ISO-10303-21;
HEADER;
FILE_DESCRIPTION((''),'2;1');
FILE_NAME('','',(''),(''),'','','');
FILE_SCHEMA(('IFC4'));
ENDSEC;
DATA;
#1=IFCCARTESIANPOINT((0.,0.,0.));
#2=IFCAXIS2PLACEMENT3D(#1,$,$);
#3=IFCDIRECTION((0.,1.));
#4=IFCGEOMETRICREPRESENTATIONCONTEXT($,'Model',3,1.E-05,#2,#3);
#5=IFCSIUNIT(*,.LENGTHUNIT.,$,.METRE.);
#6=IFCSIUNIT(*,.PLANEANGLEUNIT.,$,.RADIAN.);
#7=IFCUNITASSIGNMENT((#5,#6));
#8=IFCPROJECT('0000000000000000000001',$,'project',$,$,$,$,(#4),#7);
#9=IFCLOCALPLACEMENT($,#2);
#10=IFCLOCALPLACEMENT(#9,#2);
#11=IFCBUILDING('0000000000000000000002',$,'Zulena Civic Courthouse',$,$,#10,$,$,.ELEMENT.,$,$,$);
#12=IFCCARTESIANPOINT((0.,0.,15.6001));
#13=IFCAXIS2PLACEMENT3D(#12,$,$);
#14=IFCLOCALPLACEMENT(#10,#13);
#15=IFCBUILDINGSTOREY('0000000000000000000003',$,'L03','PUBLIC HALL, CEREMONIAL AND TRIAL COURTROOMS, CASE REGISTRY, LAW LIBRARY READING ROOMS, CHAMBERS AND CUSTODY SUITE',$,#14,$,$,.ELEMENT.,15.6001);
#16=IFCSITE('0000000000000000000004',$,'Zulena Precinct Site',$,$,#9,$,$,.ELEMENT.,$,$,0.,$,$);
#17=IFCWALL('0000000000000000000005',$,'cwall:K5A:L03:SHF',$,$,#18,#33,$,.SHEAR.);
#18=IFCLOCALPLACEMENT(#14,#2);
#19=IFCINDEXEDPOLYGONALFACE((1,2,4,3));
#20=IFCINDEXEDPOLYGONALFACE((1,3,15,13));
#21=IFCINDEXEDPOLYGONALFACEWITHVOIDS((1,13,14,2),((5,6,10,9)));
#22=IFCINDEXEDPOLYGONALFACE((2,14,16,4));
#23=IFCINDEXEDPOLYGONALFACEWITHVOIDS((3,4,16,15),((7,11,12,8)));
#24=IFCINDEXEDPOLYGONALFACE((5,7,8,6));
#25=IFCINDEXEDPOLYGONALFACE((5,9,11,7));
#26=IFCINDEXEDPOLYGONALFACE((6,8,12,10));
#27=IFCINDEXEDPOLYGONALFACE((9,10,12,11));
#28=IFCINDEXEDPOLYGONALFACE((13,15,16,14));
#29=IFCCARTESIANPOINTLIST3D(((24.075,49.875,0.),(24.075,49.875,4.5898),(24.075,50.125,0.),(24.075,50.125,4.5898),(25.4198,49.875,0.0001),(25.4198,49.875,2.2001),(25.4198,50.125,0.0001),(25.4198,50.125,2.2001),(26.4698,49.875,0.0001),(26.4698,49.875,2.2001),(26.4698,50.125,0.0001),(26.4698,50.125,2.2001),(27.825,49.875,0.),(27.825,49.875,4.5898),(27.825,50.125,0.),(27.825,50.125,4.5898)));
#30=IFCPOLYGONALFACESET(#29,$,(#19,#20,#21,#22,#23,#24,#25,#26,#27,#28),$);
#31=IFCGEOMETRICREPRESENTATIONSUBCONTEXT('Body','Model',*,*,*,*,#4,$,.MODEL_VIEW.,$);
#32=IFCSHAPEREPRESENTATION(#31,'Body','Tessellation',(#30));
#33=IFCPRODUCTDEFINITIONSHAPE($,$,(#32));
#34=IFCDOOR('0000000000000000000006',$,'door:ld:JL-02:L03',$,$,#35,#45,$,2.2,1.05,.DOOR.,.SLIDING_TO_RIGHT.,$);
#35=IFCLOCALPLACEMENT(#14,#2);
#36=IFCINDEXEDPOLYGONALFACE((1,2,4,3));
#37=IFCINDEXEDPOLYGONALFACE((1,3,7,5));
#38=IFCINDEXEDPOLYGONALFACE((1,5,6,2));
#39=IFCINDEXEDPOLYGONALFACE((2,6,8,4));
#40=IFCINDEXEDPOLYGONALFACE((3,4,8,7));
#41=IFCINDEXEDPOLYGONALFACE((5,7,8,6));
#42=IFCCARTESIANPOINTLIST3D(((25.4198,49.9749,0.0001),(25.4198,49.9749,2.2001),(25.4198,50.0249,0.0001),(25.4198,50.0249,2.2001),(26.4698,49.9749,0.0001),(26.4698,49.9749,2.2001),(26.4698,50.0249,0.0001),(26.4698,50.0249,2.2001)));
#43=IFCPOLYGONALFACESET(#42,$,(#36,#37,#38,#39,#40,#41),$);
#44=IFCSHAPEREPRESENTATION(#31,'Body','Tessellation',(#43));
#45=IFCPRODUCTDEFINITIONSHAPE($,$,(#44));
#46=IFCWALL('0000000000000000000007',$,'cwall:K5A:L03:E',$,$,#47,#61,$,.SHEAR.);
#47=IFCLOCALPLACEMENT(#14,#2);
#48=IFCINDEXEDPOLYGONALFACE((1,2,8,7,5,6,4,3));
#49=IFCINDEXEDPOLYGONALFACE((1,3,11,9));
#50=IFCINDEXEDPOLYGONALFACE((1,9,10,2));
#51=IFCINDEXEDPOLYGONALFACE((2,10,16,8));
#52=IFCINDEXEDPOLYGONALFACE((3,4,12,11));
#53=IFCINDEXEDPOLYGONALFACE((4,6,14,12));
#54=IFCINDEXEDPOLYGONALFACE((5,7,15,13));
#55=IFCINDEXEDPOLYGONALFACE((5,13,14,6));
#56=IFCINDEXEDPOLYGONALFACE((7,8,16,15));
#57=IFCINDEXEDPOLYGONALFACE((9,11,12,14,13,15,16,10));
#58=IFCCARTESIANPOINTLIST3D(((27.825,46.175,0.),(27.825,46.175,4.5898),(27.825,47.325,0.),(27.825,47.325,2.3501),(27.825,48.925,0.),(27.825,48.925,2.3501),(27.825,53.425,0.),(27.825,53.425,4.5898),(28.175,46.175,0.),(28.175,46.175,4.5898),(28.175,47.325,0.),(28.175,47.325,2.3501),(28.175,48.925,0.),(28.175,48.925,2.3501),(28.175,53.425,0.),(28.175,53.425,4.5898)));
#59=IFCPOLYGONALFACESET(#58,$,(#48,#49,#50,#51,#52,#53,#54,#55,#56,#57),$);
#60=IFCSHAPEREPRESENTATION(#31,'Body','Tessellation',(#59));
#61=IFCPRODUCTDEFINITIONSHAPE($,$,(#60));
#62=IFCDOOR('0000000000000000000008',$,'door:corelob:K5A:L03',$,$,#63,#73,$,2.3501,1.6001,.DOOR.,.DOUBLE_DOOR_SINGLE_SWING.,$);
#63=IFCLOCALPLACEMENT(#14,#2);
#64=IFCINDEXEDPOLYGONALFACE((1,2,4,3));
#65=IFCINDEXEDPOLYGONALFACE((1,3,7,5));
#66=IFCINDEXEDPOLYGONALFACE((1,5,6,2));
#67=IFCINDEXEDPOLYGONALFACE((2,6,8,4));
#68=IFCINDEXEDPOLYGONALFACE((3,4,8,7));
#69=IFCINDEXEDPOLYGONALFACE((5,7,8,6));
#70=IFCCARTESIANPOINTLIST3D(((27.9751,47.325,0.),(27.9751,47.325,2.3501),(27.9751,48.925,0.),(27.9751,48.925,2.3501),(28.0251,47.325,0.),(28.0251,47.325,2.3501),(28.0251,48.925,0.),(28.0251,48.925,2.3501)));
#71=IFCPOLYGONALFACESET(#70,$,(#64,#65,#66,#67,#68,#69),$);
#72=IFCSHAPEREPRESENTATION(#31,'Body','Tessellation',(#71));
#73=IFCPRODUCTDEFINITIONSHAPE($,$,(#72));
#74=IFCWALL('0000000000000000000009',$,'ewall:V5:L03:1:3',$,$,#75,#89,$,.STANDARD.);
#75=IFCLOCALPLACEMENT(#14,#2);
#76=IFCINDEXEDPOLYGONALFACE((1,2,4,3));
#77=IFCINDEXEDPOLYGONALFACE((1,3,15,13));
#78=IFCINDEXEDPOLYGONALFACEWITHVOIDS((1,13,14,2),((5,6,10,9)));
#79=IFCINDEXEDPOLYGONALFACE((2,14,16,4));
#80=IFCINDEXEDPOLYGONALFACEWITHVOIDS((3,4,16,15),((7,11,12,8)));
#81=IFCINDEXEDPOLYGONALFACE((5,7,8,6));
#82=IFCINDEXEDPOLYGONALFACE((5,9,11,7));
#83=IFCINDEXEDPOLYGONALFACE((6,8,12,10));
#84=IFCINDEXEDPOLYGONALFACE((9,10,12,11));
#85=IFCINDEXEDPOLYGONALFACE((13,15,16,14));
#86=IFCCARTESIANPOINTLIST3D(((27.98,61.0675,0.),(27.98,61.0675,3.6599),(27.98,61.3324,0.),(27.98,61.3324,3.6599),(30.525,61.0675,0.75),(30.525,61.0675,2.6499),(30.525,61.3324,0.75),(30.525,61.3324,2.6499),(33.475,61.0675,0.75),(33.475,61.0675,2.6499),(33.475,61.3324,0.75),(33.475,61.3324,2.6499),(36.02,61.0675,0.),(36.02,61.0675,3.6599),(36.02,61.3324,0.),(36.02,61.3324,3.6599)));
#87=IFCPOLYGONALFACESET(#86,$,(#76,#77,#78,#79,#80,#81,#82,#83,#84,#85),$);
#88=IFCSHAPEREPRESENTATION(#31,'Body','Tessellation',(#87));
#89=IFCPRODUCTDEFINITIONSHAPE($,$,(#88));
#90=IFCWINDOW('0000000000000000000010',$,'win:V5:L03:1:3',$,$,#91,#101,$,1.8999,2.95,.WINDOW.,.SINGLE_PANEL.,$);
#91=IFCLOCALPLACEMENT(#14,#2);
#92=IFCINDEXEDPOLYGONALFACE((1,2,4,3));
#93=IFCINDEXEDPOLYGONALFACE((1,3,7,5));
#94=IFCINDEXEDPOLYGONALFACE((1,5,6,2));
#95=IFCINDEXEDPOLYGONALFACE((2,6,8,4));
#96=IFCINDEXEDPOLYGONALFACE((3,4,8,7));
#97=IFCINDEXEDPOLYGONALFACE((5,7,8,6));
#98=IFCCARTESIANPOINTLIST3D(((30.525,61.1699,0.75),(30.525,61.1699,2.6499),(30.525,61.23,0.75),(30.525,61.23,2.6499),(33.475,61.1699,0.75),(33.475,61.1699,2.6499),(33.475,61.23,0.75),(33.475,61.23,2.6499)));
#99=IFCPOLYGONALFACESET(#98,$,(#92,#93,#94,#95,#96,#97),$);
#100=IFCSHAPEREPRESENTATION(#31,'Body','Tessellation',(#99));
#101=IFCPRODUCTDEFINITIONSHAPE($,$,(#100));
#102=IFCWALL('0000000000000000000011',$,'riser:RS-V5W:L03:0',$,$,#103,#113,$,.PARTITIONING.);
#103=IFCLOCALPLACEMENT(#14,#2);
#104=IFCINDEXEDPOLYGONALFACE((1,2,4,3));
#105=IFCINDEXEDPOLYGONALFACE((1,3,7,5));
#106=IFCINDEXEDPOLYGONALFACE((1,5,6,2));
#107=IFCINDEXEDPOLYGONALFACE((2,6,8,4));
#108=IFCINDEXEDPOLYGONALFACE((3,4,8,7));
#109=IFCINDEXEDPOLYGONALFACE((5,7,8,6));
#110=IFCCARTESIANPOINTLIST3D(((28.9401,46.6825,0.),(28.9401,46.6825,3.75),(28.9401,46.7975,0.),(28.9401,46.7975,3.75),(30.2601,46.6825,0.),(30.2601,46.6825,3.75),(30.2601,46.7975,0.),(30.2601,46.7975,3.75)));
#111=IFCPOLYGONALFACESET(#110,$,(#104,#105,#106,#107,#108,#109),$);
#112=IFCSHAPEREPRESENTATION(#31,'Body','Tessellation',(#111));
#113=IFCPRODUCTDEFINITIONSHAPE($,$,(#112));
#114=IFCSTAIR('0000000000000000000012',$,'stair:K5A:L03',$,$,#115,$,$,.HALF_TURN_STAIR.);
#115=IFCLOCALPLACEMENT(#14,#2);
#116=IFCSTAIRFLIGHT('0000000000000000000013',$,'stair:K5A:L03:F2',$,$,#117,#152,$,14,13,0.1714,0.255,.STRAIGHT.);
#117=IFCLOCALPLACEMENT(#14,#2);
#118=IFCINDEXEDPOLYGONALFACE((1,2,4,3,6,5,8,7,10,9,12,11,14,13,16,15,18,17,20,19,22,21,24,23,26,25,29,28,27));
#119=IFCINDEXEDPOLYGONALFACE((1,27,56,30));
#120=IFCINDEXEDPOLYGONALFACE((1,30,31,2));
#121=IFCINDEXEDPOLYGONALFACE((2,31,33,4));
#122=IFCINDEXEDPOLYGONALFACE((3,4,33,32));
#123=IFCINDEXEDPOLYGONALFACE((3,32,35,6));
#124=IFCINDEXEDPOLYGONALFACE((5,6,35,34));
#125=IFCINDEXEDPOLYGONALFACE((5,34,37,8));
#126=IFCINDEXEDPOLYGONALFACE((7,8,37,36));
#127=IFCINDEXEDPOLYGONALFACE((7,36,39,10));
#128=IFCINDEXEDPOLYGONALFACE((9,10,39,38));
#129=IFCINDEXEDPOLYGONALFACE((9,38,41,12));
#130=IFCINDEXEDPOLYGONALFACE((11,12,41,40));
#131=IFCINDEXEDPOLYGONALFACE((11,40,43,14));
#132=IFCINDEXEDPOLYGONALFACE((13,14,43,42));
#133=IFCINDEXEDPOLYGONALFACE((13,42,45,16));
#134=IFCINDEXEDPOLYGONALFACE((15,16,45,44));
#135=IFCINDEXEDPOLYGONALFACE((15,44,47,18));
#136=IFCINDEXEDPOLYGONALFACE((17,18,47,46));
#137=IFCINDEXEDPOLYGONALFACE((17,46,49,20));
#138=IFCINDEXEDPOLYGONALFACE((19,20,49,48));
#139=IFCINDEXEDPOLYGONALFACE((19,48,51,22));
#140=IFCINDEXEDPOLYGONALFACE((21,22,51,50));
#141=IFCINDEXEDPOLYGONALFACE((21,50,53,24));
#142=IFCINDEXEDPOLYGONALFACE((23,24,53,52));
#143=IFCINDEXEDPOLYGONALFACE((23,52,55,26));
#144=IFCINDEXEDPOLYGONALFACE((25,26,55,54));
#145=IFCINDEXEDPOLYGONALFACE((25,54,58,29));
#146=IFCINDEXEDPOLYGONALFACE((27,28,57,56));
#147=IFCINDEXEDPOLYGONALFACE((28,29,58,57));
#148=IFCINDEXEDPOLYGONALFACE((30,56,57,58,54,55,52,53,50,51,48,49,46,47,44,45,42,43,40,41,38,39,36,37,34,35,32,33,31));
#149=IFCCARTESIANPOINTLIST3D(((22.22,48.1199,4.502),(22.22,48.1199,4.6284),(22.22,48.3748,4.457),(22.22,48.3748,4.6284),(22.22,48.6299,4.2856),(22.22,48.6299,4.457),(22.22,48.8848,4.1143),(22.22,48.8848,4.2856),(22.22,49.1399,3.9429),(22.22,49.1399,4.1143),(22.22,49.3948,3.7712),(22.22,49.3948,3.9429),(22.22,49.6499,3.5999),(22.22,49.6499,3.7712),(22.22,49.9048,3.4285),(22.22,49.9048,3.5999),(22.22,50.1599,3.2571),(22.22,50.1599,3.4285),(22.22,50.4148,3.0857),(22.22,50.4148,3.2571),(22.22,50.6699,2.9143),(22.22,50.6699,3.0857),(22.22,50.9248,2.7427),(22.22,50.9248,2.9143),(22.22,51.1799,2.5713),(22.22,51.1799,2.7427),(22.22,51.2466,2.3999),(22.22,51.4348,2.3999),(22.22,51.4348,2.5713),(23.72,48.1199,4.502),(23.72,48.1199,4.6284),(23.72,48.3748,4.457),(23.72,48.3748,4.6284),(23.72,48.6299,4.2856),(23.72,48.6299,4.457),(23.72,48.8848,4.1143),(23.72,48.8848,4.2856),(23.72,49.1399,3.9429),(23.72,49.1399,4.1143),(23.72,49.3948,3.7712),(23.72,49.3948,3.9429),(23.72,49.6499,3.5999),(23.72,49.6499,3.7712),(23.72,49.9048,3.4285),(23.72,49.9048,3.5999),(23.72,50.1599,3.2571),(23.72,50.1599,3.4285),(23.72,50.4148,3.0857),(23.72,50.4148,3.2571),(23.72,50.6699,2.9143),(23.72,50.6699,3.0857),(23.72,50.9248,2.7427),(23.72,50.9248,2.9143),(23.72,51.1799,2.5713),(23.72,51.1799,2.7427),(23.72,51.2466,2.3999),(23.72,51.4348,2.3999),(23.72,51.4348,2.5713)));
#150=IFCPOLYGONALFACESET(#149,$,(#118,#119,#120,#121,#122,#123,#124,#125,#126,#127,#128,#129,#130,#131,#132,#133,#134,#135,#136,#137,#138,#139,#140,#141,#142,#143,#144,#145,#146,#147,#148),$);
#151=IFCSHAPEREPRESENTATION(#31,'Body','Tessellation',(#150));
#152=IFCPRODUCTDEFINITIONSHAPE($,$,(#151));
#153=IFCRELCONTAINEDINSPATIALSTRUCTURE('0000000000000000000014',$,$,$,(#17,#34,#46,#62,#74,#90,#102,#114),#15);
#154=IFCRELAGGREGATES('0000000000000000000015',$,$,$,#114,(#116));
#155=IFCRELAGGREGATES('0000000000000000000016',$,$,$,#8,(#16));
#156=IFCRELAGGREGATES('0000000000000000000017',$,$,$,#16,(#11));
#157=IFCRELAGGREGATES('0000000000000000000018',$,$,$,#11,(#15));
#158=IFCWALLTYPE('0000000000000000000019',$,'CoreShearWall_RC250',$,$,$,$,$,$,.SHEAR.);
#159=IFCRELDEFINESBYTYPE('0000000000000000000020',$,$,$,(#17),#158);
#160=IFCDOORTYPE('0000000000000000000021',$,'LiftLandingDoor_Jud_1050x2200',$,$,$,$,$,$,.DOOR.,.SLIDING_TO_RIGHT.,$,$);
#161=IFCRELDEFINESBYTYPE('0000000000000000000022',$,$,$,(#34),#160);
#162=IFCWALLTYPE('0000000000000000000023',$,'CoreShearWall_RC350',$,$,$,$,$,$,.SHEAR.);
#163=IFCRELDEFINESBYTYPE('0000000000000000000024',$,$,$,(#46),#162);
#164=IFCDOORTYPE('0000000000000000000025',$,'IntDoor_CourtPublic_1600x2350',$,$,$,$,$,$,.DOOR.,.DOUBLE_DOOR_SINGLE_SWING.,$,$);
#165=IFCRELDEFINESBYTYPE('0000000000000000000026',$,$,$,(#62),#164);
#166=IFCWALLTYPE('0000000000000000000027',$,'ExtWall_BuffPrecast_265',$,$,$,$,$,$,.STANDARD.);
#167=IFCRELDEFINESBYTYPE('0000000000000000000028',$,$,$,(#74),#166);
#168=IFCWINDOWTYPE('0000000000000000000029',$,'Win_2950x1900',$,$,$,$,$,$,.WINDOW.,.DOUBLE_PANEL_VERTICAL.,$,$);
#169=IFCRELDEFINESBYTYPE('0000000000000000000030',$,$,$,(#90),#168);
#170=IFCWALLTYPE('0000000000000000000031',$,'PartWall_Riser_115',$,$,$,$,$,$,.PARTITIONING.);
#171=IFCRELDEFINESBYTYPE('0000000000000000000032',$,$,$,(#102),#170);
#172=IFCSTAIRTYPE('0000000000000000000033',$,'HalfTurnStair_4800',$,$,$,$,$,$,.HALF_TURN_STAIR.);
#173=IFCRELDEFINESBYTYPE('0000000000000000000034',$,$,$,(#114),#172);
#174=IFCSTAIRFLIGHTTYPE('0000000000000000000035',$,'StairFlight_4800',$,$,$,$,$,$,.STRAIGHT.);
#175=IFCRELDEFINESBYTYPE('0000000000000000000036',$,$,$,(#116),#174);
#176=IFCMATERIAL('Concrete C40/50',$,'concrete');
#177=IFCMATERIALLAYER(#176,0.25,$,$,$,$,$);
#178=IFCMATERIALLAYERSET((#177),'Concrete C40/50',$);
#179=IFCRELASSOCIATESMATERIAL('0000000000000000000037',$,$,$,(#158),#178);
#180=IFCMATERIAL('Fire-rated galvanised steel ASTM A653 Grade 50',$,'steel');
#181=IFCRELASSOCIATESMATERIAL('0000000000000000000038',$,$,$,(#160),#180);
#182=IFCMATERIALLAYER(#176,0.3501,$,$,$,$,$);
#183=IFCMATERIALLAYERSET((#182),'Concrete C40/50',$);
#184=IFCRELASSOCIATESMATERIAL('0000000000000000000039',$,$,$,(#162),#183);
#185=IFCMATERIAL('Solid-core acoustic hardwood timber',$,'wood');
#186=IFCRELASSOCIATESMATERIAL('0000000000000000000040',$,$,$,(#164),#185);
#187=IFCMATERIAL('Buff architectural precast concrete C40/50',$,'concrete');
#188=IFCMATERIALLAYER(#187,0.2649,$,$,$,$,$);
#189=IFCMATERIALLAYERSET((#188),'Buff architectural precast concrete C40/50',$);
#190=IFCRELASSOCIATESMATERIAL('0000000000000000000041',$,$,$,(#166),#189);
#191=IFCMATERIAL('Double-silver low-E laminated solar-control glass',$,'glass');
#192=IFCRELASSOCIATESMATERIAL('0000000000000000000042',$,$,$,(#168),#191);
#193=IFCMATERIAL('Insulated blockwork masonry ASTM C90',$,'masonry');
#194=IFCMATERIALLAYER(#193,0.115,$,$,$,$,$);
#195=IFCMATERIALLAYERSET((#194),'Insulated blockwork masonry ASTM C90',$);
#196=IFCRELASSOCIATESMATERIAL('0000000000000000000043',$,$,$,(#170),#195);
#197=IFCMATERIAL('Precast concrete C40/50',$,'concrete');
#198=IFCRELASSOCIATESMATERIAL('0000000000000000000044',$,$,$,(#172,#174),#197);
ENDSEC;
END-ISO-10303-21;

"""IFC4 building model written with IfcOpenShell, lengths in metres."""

from ifc_helpers import new_model, si_unit, direction, frame, frame_2d, origin, place, context, subcontext, project, spatial, polyline, rectangle, outline, extrude, material, layer, layer_set, type_object, element, fill, aggregate, save


model = new_model("IFC4")

# Units and contexts
model_context = context("Model", 3, precision=1e-05, world=origin(), true_north=direction((0.0, 1.0)))
body_context = subcontext(model_context, "Body", "Model", "MODEL_VIEW")
ifc_project = project(units=[si_unit("LENGTHUNIT", "METRE"), si_unit("PLANEANGLEUNIT", "RADIAN")], contexts=[model_context])

# Site, building, storey
site_placement = place(None, origin())
site = spatial("IfcSite", under=ifc_project, at=site_placement, Name="Zulena Precinct Site", CompositionType="ELEMENT", RefElevation=0.0)
building_placement = place(site_placement, origin())
building = spatial("IfcBuilding", under=site, at=building_placement, Name="Zulena Civic Courthouse", CompositionType="ELEMENT")
storey_placement = place(building_placement, frame((0.0, 0.0, 15.6001)))
storey = spatial("IfcBuildingStorey", under=building, at=storey_placement, Name="L03", Description="PUBLIC HALL, CEREMONIAL AND TRIAL COURTROOMS, CASE REGISTRY, LAW LIBRARY READING ROOMS, CHAMBERS AND CUSTODY SUITE", CompositionType="ELEMENT", Elevation=15.6001)

# Walls, openings, doors
ifc_material_1 = material(Name="Concrete C40/50", Category="concrete")
ifc_layer_1 = layer(ifc_material_1, 0.25)
ifc_layer_set_1 = layer_set([ifc_layer_1], Name="Concrete C40/50")
wall_type_1 = type_object("IfcWallType", Name="CoreShearWall_RC250", PredefinedType="SHEAR", material=ifc_layer_set_1)
ifc_material_2 = material(Name="Fire-rated galvanised steel ASTM A653 Grade 50", Category="steel")
wall_1_placement = place(storey_placement, frame((24.075, 50.0, 0.0), z_axis=(0.0, 0.0, 1.0), x_axis=(1.0, 0.0, 0.0)))
wall_1 = element("IfcWall", 1, at=wall_1_placement, inside=storey, type_object=wall_type_1, Name="cwall:K5A:L03:SHF", PredefinedType="SHEAR", context=body_context, shape_type="SweptSolid", body=[
    extrude(rectangle(XDim=3.75, YDim=0.25, at=frame_2d((1.875, 0.0))), origin(), (0.0, 0.0, 1.0), 4.5898),
])
opening_1_placement = place(wall_1_placement, frame((1.345, 0.0, 0.0)))
opening_1 = element("IfcOpeningElement", 2, at=opening_1_placement, cuts=wall_1, PredefinedType="OPENING", context=body_context, shape_type="SweptSolid", body=[
    extrude(rectangle(XDim=1.05, YDim=2.2, at=frame_2d((0.5249, 1.1001))), frame((0.0, 0.135, 0.0), z_axis=(0.0, -1.0, 0.0), x_axis=(1.0, 0.0, 0.0)), (0.0, 0.0, 1.0), 0.27),
])
door_type_1 = type_object("IfcDoorType", Name="LiftLandingDoor_Jud_1050x2200", OperationType="SLIDING_TO_RIGHT", PredefinedType="DOOR", material=ifc_material_2)
door_1_placement = place(opening_1_placement, origin())
door_1 = element("IfcDoor", 3, at=door_1_placement, inside=storey, type_object=door_type_1, Name="door:ld:JL-02:L03", OperationType="SLIDING_TO_RIGHT", OverallHeight=2.2, OverallWidth=1.05, PredefinedType="DOOR", context=body_context, shape_type="SweptSolid", body=[
    extrude(rectangle(XDim=1.05, YDim=2.2, at=frame_2d((0.5249, 1.1001))), frame((0.0, 0.0249, 0.0), z_axis=(0.0, -1.0, 0.0), x_axis=(1.0, 0.0, 0.0)), (0.0, 0.0, 1.0), 0.05),
])
fill(opening_1, door_1)
ifc_layer_2 = layer(ifc_material_1, 0.3501)
ifc_layer_set_2 = layer_set([ifc_layer_2], Name="Concrete C40/50")
wall_type_2 = type_object("IfcWallType", Name="CoreShearWall_RC350", PredefinedType="SHEAR", material=ifc_layer_set_2)
wall_2_placement = place(storey_placement, frame((28.0, 46.175, 0.0), z_axis=(0.0, 0.0, 1.0), x_axis=(0.0, 1.0, 0.0)))
wall_2 = element("IfcWall", 4, at=wall_2_placement, inside=storey, type_object=wall_type_2, Name="cwall:K5A:L03:E", PredefinedType="SHEAR", context=body_context, shape_type="SweptSolid", body=[
    extrude(rectangle(XDim=7.25, YDim=0.3501, at=frame_2d((3.625, 0.0))), origin(), (0.0, 0.0, 1.0), 4.5898),
])
opening_2_placement = place(wall_2_placement, frame((1.1499, 0.0, 0.0)))
opening_2 = element("IfcOpeningElement", 5, at=opening_2_placement, cuts=wall_2, PredefinedType="OPENING", context=body_context, shape_type="SweptSolid", body=[
    extrude(rectangle(XDim=1.6001, YDim=2.3501, at=frame_2d((0.8, 1.175))), frame((0.0, 0.1851, 0.0), z_axis=(0.0, -1.0, 0.0), x_axis=(1.0, 0.0, 0.0)), (0.0, 0.0, 1.0), 0.3701),
])
ifc_material_3 = material(Name="Solid-core acoustic hardwood timber", Category="wood")
door_type_2 = type_object("IfcDoorType", Name="IntDoor_CourtPublic_1600x2350", OperationType="DOUBLE_DOOR_SINGLE_SWING", PredefinedType="DOOR", material=ifc_material_3)
door_2_placement = place(opening_2_placement, origin())
door_2 = element("IfcDoor", 6, at=door_2_placement, inside=storey, type_object=door_type_2, Name="door:corelob:K5A:L03", OperationType="DOUBLE_DOOR_SINGLE_SWING", OverallHeight=2.3501, OverallWidth=1.6001, PredefinedType="DOOR", context=body_context, shape_type="SweptSolid", body=[
    extrude(rectangle(XDim=1.6001, YDim=2.3501, at=frame_2d((0.8, 1.175))), frame((0.0, 0.0249, 0.0), z_axis=(0.0, -1.0, 0.0), x_axis=(1.0, 0.0, 0.0)), (0.0, 0.0, 1.0), 0.05),
])
fill(opening_2, door_2)

# Wall, opening, window
ifc_material_4 = material(Name="Buff architectural precast concrete C40/50", Category="concrete")
ifc_layer_3 = layer(ifc_material_4, 0.2649)
ifc_layer_set_3 = layer_set([ifc_layer_3], Name="Buff architectural precast concrete C40/50")
wall_type_3 = type_object("IfcWallType", Name="ExtWall_BuffPrecast_265", PredefinedType="STANDARD", material=ifc_layer_set_3)
wall_3_placement = place(storey_placement, frame((27.98, 61.2, 0.0), z_axis=(0.0, 0.0, 1.0), x_axis=(1.0, 0.0, 0.0)))
wall_3 = element("IfcWall", 7, at=wall_3_placement, inside=storey, type_object=wall_type_3, Name="ewall:V5:L03:1:3", PredefinedType="STANDARD", context=body_context, shape_type="SweptSolid", body=[
    extrude(rectangle(XDim=8.04, YDim=0.2649, at=frame_2d((4.02, 0.0))), origin(), (0.0, 0.0, 1.0), 3.6599),
])
opening_3_placement = place(wall_3_placement, frame((2.5449, 0.0, 0.75)))
opening_3 = element("IfcOpeningElement", 8, at=opening_3_placement, cuts=wall_3, PredefinedType="OPENING", context=body_context, shape_type="SweptSolid", body=[
    extrude(rectangle(XDim=2.95, YDim=1.8999, at=frame_2d((1.4751, 0.95))), frame((0.0, 0.1423, 0.0), z_axis=(0.0, -1.0, 0.0), x_axis=(1.0, 0.0, 0.0)), (0.0, 0.0, 1.0), 0.2849),
])
ifc_material_5 = material(Name="Double-silver low-E laminated solar-control glass", Category="glass")
window_type = type_object("IfcWindowType", Name="Win_2950x1900", PartitioningType="DOUBLE_PANEL_VERTICAL", PredefinedType="WINDOW", material=ifc_material_5)
window_placement = place(opening_3_placement, origin())
window = element("IfcWindow", 9, at=window_placement, inside=storey, type_object=window_type, Name="win:V5:L03:1:3", OverallHeight=1.8999, OverallWidth=2.95, PartitioningType="SINGLE_PANEL", PredefinedType="WINDOW", context=body_context, shape_type="SweptSolid", body=[
    extrude(rectangle(XDim=2.95, YDim=1.8999, at=frame_2d((1.4751, 0.95))), frame((0.0, 0.03, 0.0), z_axis=(0.0, -1.0, 0.0), x_axis=(1.0, 0.0, 0.0)), (0.0, 0.0, 1.0), 0.0601),
])
fill(opening_3, window)

# Wall
ifc_material_6 = material(Name="Insulated blockwork masonry ASTM C90", Category="masonry")
ifc_layer_4 = layer(ifc_material_6, 0.115)
ifc_layer_set_4 = layer_set([ifc_layer_4], Name="Insulated blockwork masonry ASTM C90")
wall_type_4 = type_object("IfcWallType", Name="PartWall_Riser_115", PredefinedType="PARTITIONING", material=ifc_layer_set_4)
wall_4_placement = place(storey_placement, frame((28.9399, 46.74, 0.0), z_axis=(0.0, 0.0, 1.0), x_axis=(1.0, 0.0, 0.0)))
element("IfcWall", 10, at=wall_4_placement, inside=storey, type_object=wall_type_4, Name="riser:RS-V5W:L03:0", PredefinedType="PARTITIONING", context=body_context, shape_type="SweptSolid", body=[
    extrude(rectangle(XDim=1.3201, YDim=0.115, at=frame_2d((0.6602, 0.0))), origin(), (0.0, 0.0, 1.0), 3.75),
])

# Stair, stair flight
ifc_material_7 = material(Name="Precast concrete C40/50", Category="concrete")
stair_type = type_object("IfcStairType", Name="HalfTurnStair_4800", PredefinedType="HALF_TURN_STAIR", material=ifc_material_7)
stair_placement = place(storey_placement, origin())
stair = element("IfcStair", 11, at=stair_placement, inside=storey, type_object=stair_type, Name="stair:K5A:L03", PredefinedType="HALF_TURN_STAIR")
stair_flight_type = type_object("IfcStairFlightType", Name="StairFlight_4800", PredefinedType="STRAIGHT", material=ifc_material_7)
stair_flight_placement = place(storey_placement, frame((22.97, 51.4348, 2.3999), z_axis=(0.0, 0.0, 1.0), x_axis=(0.0, -1.0, 0.0)))
stair_flight = element("IfcStairFlight", 12, at=stair_flight_placement, type_object=stair_flight_type, Name="stair:K5A:L03:F2", NumberOfRisers=14, NumberOfTreads=13, PredefinedType="STRAIGHT", RiserHeight=0.1714, TreadLength=0.255, context=body_context, shape_type="SweptSolid", body=[
    extrude(outline(polyline([(0.0, 0.0), (0.0, 0.1714), (0.2549, 0.1714), (0.2549, 0.3428), (0.51, 0.3428), (0.51, 0.5144), (0.7649, 0.5144), (0.7649, 0.6858), (1.02, 0.6858), (1.02, 0.8572), (1.2749, 0.8572), (1.2749, 1.0286), (1.53, 1.0286), (1.53, 1.2), (1.7849, 1.2), (1.7849, 1.3713), (2.04, 1.3713), (2.04, 1.543), (2.2949, 1.543), (2.2949, 1.7144), (2.55, 1.7144), (2.55, 1.8857), (2.8049, 1.8857), (2.8049, 2.0571), (3.0601, 2.0571), (3.0601, 2.2285), (3.3149, 2.2285), (3.3149, 2.3999), (3.3149, 2.1021), (0.1882, 0.0), (0.0, 0.0)])), frame((0.0, 0.75, 0.0), z_axis=(0.0, -1.0, 0.0), x_axis=(1.0, 0.0, 0.0)), (0.0, 0.0, 1.0), 1.5),
])
aggregate(stair, [stair_flight])

save(model, "model.ifc")
